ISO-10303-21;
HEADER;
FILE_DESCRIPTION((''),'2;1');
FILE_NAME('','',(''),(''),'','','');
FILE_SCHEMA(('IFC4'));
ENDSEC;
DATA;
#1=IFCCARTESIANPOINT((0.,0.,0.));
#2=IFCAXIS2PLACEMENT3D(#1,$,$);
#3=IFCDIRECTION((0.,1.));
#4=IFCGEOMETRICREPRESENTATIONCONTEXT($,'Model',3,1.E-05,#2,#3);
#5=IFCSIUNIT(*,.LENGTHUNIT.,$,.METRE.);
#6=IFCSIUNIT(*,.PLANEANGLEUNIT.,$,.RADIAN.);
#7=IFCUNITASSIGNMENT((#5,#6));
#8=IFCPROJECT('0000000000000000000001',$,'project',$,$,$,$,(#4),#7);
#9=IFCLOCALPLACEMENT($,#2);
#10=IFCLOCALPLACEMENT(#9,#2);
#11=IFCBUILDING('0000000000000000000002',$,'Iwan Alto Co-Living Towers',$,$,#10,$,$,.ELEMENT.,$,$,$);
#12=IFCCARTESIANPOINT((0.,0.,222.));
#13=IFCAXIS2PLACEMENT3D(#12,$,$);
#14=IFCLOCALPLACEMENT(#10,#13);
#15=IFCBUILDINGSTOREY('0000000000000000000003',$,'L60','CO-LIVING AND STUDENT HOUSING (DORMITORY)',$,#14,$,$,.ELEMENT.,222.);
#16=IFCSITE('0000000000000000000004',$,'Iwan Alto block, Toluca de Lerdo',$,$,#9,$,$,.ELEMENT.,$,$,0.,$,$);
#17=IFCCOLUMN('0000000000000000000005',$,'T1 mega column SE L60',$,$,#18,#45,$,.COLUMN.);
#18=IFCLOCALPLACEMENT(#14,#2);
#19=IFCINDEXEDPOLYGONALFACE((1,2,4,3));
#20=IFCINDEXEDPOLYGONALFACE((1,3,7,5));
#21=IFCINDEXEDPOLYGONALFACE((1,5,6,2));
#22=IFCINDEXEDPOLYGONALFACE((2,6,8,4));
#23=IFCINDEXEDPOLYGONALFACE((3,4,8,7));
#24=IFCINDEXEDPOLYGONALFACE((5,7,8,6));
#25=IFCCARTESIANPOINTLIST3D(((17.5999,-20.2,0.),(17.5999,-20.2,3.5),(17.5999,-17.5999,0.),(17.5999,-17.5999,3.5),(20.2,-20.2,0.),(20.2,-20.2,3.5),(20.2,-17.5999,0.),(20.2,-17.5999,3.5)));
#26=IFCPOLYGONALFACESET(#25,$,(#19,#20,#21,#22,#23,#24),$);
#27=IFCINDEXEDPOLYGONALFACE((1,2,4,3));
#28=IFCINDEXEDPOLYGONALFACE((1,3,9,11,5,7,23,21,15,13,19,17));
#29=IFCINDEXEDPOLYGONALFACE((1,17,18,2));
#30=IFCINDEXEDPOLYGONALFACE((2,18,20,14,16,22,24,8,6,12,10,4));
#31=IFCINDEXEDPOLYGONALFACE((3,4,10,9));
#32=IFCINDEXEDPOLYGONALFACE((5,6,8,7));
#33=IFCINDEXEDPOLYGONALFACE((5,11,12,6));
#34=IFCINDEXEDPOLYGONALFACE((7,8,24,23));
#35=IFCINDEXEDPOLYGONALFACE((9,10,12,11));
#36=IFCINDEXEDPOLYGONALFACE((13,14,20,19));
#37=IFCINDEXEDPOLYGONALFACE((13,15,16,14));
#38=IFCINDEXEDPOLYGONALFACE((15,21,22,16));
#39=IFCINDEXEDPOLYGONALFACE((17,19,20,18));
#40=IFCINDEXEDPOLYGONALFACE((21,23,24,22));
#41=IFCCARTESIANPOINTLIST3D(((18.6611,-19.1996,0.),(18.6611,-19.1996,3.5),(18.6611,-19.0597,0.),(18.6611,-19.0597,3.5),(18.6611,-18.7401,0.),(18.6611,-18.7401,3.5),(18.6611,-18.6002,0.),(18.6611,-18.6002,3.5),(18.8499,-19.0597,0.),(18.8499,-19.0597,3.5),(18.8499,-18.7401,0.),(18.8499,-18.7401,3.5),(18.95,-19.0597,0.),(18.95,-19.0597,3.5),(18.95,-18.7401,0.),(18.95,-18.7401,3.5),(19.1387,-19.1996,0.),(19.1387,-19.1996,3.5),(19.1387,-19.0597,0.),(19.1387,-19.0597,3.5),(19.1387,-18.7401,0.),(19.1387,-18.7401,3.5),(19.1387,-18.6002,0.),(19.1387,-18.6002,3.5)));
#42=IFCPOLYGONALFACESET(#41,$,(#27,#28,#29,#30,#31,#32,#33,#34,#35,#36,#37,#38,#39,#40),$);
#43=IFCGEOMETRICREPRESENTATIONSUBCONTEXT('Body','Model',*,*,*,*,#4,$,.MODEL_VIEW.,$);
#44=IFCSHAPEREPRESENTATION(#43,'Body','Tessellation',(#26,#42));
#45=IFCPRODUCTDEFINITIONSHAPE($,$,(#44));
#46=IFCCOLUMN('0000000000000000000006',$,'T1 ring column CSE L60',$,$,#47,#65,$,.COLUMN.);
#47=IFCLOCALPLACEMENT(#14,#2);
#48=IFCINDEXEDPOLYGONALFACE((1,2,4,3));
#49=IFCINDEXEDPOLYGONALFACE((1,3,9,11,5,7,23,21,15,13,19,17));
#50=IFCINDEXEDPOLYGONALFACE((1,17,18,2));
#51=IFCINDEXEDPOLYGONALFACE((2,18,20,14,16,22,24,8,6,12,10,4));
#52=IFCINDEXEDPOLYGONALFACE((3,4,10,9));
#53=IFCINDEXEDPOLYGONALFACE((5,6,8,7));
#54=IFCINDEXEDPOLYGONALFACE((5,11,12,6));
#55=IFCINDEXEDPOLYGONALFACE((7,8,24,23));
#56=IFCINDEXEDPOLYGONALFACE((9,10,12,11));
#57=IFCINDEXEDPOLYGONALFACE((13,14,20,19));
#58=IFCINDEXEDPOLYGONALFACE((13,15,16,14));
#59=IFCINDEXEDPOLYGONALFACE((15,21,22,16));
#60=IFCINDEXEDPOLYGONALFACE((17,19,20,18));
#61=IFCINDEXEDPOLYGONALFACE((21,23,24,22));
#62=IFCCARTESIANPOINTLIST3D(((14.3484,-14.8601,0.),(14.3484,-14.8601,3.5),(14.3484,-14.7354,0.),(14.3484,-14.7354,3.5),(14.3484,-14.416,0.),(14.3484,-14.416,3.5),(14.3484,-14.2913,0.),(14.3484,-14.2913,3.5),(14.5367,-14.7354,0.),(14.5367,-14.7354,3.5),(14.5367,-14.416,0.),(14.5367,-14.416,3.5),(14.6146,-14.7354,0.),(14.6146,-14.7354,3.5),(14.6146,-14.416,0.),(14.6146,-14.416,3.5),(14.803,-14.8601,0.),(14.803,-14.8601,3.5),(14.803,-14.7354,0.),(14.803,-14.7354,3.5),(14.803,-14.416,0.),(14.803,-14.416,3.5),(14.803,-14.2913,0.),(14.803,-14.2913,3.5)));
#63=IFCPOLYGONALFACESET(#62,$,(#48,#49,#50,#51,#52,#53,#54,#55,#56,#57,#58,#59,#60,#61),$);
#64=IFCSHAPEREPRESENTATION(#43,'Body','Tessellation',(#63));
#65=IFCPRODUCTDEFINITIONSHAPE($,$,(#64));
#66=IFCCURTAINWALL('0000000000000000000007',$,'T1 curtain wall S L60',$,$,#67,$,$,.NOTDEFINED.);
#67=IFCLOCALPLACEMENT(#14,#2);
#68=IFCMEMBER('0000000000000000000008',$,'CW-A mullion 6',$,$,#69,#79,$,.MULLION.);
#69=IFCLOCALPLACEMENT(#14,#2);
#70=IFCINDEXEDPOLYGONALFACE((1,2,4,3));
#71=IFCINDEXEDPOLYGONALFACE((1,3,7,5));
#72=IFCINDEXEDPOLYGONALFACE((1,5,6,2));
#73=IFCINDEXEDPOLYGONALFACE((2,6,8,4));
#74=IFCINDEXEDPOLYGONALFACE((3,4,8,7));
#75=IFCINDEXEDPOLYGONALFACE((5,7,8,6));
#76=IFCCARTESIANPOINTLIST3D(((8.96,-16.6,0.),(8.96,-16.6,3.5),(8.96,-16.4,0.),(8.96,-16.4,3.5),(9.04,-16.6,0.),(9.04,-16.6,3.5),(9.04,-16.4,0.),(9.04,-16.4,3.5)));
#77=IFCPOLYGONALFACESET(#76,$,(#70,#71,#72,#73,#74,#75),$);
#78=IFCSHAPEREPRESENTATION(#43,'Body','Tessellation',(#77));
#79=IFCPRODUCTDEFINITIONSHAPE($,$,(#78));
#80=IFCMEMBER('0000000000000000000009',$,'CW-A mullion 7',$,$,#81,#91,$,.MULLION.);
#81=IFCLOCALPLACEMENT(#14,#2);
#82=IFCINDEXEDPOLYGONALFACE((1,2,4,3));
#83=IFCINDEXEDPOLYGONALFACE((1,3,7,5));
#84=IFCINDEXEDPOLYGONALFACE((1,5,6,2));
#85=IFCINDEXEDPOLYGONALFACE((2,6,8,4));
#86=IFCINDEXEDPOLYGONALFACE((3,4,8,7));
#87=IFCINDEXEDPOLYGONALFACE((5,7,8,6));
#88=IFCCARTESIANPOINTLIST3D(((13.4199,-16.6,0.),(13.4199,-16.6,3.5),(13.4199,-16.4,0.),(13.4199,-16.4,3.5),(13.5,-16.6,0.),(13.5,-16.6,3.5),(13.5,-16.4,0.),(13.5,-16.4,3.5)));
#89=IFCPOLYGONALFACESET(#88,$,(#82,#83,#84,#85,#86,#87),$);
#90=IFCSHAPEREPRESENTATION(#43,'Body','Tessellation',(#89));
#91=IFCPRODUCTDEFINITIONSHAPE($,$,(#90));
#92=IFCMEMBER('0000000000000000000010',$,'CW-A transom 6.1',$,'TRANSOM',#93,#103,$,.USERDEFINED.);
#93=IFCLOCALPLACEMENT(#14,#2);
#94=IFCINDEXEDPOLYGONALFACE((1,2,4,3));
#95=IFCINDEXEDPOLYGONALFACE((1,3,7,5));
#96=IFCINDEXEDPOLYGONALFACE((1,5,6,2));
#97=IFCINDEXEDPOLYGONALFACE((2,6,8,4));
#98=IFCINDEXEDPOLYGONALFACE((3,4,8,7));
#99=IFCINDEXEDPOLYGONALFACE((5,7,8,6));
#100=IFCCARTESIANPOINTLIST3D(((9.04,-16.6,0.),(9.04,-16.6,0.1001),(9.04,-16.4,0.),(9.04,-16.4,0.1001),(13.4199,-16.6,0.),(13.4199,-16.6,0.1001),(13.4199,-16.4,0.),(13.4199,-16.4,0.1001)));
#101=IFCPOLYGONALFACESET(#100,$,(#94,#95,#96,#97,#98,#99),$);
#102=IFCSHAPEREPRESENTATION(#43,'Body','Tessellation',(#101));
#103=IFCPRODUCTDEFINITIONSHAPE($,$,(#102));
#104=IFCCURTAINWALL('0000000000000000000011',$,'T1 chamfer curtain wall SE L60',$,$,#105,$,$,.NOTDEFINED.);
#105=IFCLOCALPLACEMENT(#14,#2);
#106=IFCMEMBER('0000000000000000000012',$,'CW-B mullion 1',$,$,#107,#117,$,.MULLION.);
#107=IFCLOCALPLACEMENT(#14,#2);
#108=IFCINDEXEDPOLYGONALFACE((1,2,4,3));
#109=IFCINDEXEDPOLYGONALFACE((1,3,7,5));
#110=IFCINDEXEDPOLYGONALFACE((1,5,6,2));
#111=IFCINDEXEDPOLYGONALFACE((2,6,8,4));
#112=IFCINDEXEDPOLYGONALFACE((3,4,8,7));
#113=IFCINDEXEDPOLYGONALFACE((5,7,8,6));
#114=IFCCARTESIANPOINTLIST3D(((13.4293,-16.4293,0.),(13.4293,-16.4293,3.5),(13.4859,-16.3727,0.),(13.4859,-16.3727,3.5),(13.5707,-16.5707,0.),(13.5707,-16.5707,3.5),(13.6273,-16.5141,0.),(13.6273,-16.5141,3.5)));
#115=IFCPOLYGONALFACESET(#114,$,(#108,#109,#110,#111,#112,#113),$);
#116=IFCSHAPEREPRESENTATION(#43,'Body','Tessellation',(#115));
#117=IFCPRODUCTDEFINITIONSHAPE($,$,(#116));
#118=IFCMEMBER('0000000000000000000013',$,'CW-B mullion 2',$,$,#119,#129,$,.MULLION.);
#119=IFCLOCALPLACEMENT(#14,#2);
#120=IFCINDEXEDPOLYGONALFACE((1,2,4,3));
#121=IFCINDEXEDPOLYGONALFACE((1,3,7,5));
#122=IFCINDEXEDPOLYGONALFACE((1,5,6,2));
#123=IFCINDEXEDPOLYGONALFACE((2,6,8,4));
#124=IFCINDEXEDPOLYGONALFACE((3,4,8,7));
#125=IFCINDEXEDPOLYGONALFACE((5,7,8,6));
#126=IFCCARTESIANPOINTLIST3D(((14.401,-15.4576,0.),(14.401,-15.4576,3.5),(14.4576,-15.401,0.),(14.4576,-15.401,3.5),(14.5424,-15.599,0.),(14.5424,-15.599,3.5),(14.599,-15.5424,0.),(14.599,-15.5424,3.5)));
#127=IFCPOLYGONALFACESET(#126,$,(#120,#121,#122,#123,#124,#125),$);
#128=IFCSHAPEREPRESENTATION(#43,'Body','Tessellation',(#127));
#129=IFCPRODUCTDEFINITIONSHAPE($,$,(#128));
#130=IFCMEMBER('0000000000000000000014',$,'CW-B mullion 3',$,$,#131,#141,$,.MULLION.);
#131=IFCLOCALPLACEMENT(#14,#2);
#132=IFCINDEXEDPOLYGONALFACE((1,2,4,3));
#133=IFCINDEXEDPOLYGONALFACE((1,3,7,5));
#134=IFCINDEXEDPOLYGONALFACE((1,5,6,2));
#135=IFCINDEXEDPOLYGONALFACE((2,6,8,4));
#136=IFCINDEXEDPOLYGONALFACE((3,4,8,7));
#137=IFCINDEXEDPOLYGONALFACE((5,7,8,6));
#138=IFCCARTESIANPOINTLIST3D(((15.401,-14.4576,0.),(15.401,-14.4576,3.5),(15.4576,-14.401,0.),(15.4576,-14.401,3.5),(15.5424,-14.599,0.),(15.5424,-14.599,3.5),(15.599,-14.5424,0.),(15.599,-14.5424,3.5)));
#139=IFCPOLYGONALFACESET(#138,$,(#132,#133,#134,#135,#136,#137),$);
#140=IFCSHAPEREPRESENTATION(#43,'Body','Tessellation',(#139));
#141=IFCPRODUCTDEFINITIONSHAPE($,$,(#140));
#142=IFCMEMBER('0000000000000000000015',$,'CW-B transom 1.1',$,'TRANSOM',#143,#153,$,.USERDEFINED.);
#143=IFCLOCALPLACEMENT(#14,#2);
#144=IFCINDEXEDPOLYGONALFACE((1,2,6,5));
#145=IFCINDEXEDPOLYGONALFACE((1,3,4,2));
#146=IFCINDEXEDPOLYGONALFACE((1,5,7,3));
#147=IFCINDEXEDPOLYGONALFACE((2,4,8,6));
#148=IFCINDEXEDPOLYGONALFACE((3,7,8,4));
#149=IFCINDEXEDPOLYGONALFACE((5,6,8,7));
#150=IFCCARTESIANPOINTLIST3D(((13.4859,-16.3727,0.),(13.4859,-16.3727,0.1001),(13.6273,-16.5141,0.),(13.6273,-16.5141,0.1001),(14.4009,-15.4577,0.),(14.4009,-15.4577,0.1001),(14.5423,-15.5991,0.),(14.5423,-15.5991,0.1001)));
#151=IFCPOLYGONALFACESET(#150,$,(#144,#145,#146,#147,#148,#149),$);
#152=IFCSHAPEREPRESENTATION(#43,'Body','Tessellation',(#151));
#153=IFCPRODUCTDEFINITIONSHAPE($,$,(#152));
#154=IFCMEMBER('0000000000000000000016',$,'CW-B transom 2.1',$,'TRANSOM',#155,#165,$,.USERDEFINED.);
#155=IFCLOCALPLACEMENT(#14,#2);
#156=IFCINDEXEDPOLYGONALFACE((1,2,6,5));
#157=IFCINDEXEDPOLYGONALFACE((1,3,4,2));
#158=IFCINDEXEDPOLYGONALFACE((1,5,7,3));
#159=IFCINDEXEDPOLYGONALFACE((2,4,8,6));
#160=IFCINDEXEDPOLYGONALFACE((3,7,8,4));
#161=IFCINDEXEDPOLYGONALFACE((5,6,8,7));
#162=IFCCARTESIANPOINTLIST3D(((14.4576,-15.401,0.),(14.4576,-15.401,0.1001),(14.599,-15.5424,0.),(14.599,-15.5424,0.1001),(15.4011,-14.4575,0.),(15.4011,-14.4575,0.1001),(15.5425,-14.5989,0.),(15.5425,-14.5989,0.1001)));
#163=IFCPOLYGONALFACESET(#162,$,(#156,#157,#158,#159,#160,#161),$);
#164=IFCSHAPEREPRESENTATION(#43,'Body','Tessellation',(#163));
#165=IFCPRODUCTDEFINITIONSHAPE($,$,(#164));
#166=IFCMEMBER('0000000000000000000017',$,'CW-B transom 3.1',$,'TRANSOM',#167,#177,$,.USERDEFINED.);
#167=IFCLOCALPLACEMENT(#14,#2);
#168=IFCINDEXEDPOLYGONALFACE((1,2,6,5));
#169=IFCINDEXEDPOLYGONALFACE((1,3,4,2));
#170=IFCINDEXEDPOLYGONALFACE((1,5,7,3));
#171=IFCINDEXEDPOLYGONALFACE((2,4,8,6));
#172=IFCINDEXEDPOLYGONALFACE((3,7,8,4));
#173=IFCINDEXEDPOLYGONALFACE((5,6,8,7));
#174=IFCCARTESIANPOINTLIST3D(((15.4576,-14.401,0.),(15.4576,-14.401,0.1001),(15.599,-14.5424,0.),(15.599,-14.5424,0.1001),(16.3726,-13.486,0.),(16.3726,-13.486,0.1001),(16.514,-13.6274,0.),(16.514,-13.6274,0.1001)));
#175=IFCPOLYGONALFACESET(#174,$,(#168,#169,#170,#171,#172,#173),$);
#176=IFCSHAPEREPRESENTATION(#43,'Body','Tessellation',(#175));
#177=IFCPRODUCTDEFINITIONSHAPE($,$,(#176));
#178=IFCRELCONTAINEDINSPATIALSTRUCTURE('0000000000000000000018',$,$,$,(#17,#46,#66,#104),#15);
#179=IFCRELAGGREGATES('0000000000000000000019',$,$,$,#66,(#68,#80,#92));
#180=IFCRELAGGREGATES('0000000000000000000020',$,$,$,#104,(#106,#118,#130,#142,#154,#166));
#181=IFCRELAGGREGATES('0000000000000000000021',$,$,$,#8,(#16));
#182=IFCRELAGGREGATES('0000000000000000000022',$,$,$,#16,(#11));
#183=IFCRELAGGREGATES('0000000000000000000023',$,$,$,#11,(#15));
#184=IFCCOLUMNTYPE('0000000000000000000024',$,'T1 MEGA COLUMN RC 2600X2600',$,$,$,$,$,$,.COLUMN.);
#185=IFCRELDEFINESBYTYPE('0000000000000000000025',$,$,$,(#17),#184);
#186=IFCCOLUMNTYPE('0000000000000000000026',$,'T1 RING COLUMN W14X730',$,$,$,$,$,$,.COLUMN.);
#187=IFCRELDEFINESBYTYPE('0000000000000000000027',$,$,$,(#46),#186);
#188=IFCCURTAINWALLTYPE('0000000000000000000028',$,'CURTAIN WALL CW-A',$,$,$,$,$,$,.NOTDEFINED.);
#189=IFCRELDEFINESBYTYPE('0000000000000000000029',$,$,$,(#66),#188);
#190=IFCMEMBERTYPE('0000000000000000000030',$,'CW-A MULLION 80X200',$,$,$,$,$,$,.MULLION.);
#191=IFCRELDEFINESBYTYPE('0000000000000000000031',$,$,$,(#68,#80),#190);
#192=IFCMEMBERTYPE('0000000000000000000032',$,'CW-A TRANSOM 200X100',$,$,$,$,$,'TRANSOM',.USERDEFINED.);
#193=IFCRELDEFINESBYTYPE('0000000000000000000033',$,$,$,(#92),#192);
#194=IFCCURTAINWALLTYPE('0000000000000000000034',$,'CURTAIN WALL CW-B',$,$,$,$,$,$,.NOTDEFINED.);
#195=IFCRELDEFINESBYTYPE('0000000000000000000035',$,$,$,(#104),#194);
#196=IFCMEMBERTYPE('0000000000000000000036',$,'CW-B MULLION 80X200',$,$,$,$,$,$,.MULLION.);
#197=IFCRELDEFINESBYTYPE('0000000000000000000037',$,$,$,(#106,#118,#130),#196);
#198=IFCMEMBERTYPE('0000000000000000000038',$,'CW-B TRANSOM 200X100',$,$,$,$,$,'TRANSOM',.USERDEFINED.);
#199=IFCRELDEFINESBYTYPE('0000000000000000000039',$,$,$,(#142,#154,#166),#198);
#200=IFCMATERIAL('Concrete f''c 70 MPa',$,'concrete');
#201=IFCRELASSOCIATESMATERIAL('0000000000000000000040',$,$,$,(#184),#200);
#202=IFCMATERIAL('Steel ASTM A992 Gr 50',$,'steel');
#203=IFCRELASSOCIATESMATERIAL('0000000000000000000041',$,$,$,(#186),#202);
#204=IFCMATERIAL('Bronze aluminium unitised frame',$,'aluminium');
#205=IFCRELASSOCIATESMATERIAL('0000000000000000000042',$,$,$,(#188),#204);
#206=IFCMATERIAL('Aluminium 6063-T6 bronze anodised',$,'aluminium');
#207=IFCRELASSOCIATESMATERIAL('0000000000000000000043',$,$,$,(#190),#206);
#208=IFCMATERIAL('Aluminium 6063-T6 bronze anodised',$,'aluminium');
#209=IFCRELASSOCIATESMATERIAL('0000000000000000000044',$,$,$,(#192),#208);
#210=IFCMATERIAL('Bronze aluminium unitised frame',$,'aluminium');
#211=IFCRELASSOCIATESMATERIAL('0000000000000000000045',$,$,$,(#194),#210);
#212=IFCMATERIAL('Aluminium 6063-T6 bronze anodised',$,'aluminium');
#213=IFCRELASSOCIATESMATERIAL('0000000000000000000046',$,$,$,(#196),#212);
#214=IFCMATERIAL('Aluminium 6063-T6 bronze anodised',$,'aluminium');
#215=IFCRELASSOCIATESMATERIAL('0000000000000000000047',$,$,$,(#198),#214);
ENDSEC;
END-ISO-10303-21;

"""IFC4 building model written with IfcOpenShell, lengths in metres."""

from ifc_helpers import new_model, si_unit, direction, frame, origin, origin_2d, place, context, subcontext, project, spatial, rectangle, i_section, extrude, material, material_profile, profile_set, type_object, element, aggregate, save


model = new_model("IFC4")

# Units and contexts
model_context = context("Model", 3, precision=1e-05, world=origin(), true_north=direction((0.0, 1.0)))
body_context = subcontext(model_context, "Body", "Model", "MODEL_VIEW")
ifc_project = project(units=[si_unit("LENGTHUNIT", "METRE"), si_unit("PLANEANGLEUNIT", "RADIAN")], contexts=[model_context])

# Site, building, storey
site_placement = place(None, origin())
site = spatial("IfcSite", under=ifc_project, at=site_placement, Name="Iwan Alto block, Toluca de Lerdo", CompositionType="ELEMENT", RefElevation=0.0)
building_placement = place(site_placement, origin())
building = spatial("IfcBuilding", under=site, at=building_placement, Name="Iwan Alto Co-Living Towers", CompositionType="ELEMENT")
storey_placement = place(building_placement, frame((0.0, 0.0, 222.0)))
storey = spatial("IfcBuildingStorey", under=building, at=storey_placement, Name="L60", Description="CO-LIVING AND STUDENT HOUSING (DORMITORY)", CompositionType="ELEMENT", Elevation=222.0)

# Columns
ifc_material_1 = material(Name="Concrete f'c 70 MPa", Category="concrete")
ifc_material_profile_1 = material_profile(ifc_material_1, rectangle(XDim=2.6001, YDim=2.6001, at=origin_2d()), Name="RC 2600X2600")
ifc_profile_set_1 = profile_set([ifc_material_profile_1], Name="Concrete f'c 70 MPa")
column_type_1 = type_object("IfcColumnType", Name="T1 MEGA COLUMN RC 2600X2600", PredefinedType="COLUMN", material=ifc_profile_set_1)
column_1_placement = place(storey_placement, frame((18.8999, -18.8999, 0.0), z_axis=(0.0, 0.0, 1.0), x_axis=(1.0, 0.0, 0.0)))
element("IfcColumn", 1, at=column_1_placement, inside=storey, type_object=column_type_1, Name="T1 mega column SE L60", PredefinedType="COLUMN", context=body_context, shape_type="SweptSolid", body=[
    extrude(rectangle(XDim=2.6001, YDim=2.6001, at=origin_2d()), origin(), (0.0, 0.0, 1.0), 3.5),
    extrude(i_section(OverallWidth=0.4775, OverallDepth=0.5994, WebThickness=0.1001, FlangeThickness=0.1399, at=origin_2d()), origin(), (0.0, 0.0, 1.0), 3.5),
])
ifc_material_2 = material(Name="Steel ASTM A992 Gr 50", Category="steel")
ifc_material_profile_2 = material_profile(ifc_material_2, i_section(OverallWidth=0.4546, OverallDepth=0.5688, WebThickness=0.0779, FlangeThickness=0.1248, at=origin_2d()), Name="W14X730")
ifc_profile_set_2 = profile_set([ifc_material_profile_2], Name="Steel ASTM A992 Gr 50")
column_type_2 = type_object("IfcColumnType", Name="T1 RING COLUMN W14X730", PredefinedType="COLUMN", material=ifc_profile_set_2)
column_2_placement = place(storey_placement, frame((14.5757, -14.5757, 0.0), z_axis=(0.0, 0.0, 1.0), x_axis=(1.0, 0.0, 0.0)))
element("IfcColumn", 2, at=column_2_placement, inside=storey, type_object=column_type_2, Name="T1 ring column CSE L60", PredefinedType="COLUMN", context=body_context, shape_type="SweptSolid", body=[
    extrude(i_section(OverallWidth=0.4546, OverallDepth=0.5688, WebThickness=0.0779, FlangeThickness=0.1248, at=origin_2d()), origin(), (0.0, 0.0, 1.0), 3.5),
])

# Curtain walls, members
ifc_material_3 = material(Name="Bronze aluminium unitised frame", Category="aluminium")
curtain_wall_type_1 = type_object("IfcCurtainWallType", Name="CURTAIN WALL CW-A", PredefinedType="NOTDEFINED", material=ifc_material_3)
curtain_wall_1_placement = place(storey_placement, origin())
curtain_wall_1 = element("IfcCurtainWall", 3, at=curtain_wall_1_placement, inside=storey, type_object=curtain_wall_type_1, Name="T1 curtain wall S L60", PredefinedType="NOTDEFINED")
ifc_material_4 = material(Name="Aluminium 6063-T6 bronze anodised", Category="aluminium")
ifc_material_profile_3 = material_profile(ifc_material_4, rectangle(XDim=0.2, YDim=0.0801, at=origin_2d()), Name="AL 80X200")
ifc_profile_set_3 = profile_set([ifc_material_profile_3], Name="Aluminium 6063-T6 bronze anodised")
member_type_1 = type_object("IfcMemberType", Name="CW-A MULLION 80X200", PredefinedType="MULLION", material=ifc_profile_set_3)
member_1_placement = place(storey_placement, frame((9.0, -16.5, 0.0), z_axis=(0.0, 0.0, 1.0), x_axis=(0.0, 1.0, 0.0)))
member_1 = element("IfcMember", 4, at=member_1_placement, type_object=member_type_1, Name="CW-A mullion 6", PredefinedType="MULLION", context=body_context, shape_type="SweptSolid", body=[
    extrude(rectangle(XDim=0.2, YDim=0.0801, at=origin_2d()), origin(), (0.0, 0.0, 1.0), 3.5),
])
member_2_placement = place(storey_placement, frame((13.46, -16.5, 0.0), z_axis=(0.0, 0.0, 1.0), x_axis=(0.0, 1.0, 0.0)))
member_2 = element("IfcMember", 5, at=member_2_placement, type_object=member_type_1, Name="CW-A mullion 7", PredefinedType="MULLION", context=body_context, shape_type="SweptSolid", body=[
    extrude(rectangle(XDim=0.2, YDim=0.0801, at=origin_2d()), origin(), (0.0, 0.0, 1.0), 3.5),
])
ifc_material_5 = material(Name="Aluminium 6063-T6 bronze anodised", Category="aluminium")
ifc_material_profile_4 = material_profile(ifc_material_5, rectangle(XDim=0.2, YDim=0.1001, at=origin_2d()), Name="AL 200X100")
ifc_profile_set_4 = profile_set([ifc_material_profile_4], Name="Aluminium 6063-T6 bronze anodised")
member_type_2 = type_object("IfcMemberType", Name="CW-A TRANSOM 200X100", ElementType="TRANSOM", PredefinedType="USERDEFINED", material=ifc_profile_set_4)
member_3_placement = place(storey_placement, frame((9.04, -16.5, 0.05), z_axis=(1.0, 0.0, 0.0), x_axis=(0.0, 1.0, 0.0)))
member_3 = element("IfcMember", 6, at=member_3_placement, type_object=member_type_2, Name="CW-A transom 6.1", ObjectType="TRANSOM", PredefinedType="USERDEFINED", context=body_context, shape_type="SweptSolid", body=[
    extrude(rectangle(XDim=0.2, YDim=0.1001, at=origin_2d()), origin(), (0.0, 0.0, 1.0), 4.3799),
])
ifc_material_6 = material(Name="Bronze aluminium unitised frame", Category="aluminium")
curtain_wall_type_2 = type_object("IfcCurtainWallType", Name="CURTAIN WALL CW-B", PredefinedType="NOTDEFINED", material=ifc_material_6)
curtain_wall_2_placement = place(storey_placement, origin())
curtain_wall_2 = element("IfcCurtainWall", 7, at=curtain_wall_2_placement, inside=storey, type_object=curtain_wall_type_2, Name="T1 chamfer curtain wall SE L60", PredefinedType="NOTDEFINED")
ifc_material_7 = material(Name="Aluminium 6063-T6 bronze anodised", Category="aluminium")
ifc_material_profile_5 = material_profile(ifc_material_7, rectangle(XDim=0.2, YDim=0.0801, at=origin_2d()), Name="AL 80X200")
ifc_profile_set_5 = profile_set([ifc_material_profile_5], Name="Aluminium 6063-T6 bronze anodised")
member_type_3 = type_object("IfcMemberType", Name="CW-B MULLION 80X200", PredefinedType="MULLION", material=ifc_profile_set_5)
member_4_placement = place(storey_placement, frame((13.5283, -16.4717, 0.0), z_axis=(0.0, 0.0, 1.0), x_axis=(-0.707107, 0.707107, 0.0)))
member_4 = element("IfcMember", 8, at=member_4_placement, type_object=member_type_3, Name="CW-B mullion 1", PredefinedType="MULLION", context=body_context, shape_type="SweptSolid", body=[
    extrude(rectangle(XDim=0.2, YDim=0.0801, at=origin_2d()), origin(), (0.0, 0.0, 1.0), 3.5),
])
member_5_placement = place(storey_placement, frame((14.5, -15.5, 0.0), z_axis=(0.0, 0.0, 1.0), x_axis=(-0.707107, 0.707107, 0.0)))
member_5 = element("IfcMember", 9, at=member_5_placement, type_object=member_type_3, Name="CW-B mullion 2", PredefinedType="MULLION", context=body_context, shape_type="SweptSolid", body=[
    extrude(rectangle(XDim=0.2, YDim=0.0801, at=origin_2d()), origin(), (0.0, 0.0, 1.0), 3.5),
])
member_6_placement = place(storey_placement, frame((15.5, -14.5, 0.0), z_axis=(0.0, 0.0, 1.0), x_axis=(-0.707107, 0.707107, 0.0)))
member_6 = element("IfcMember", 10, at=member_6_placement, type_object=member_type_3, Name="CW-B mullion 3", PredefinedType="MULLION", context=body_context, shape_type="SweptSolid", body=[
    extrude(rectangle(XDim=0.2, YDim=0.0801, at=origin_2d()), origin(), (0.0, 0.0, 1.0), 3.5),
])
ifc_material_8 = material(Name="Aluminium 6063-T6 bronze anodised", Category="aluminium")
ifc_material_profile_6 = material_profile(ifc_material_8, rectangle(XDim=0.2, YDim=0.1001, at=origin_2d()), Name="AL 200X100")
ifc_profile_set_6 = profile_set([ifc_material_profile_6], Name="Aluminium 6063-T6 bronze anodised")
member_type_4 = type_object("IfcMemberType", Name="CW-B TRANSOM 200X100", ElementType="TRANSOM", PredefinedType="USERDEFINED", material=ifc_profile_set_6)
member_7_placement = place(storey_placement, frame((13.5566, -16.4434, 0.05), z_axis=(0.707107, 0.707107, 0.0), x_axis=(-0.707107, 0.707107, 0.0)))
member_7 = element("IfcMember", 11, at=member_7_placement, type_object=member_type_4, Name="CW-B transom 1.1", ObjectType="TRANSOM", PredefinedType="USERDEFINED", context=body_context, shape_type="SweptSolid", body=[
    extrude(rectangle(XDim=0.2, YDim=0.1001, at=origin_2d()), origin(), (0.0, 0.0, 1.0), 1.2939),
])
member_8_placement = place(storey_placement, frame((14.5283, -15.4717, 0.05), z_axis=(0.707107, 0.707107, 0.0), x_axis=(-0.707107, 0.707107, 0.0)))
member_8 = element("IfcMember", 12, at=member_8_placement, type_object=member_type_4, Name="CW-B transom 2.1", ObjectType="TRANSOM", PredefinedType="USERDEFINED", context=body_context, shape_type="SweptSolid", body=[
    extrude(rectangle(XDim=0.2, YDim=0.1001, at=origin_2d()), origin(), (0.0, 0.0, 1.0), 1.3342),
])
member_9_placement = place(storey_placement, frame((15.5283, -14.4717, 0.05), z_axis=(0.707107, 0.707107, 0.0), x_axis=(-0.707107, 0.707107, 0.0)))
member_9 = element("IfcMember", 13, at=member_9_placement, type_object=member_type_4, Name="CW-B transom 3.1", ObjectType="TRANSOM", PredefinedType="USERDEFINED", context=body_context, shape_type="SweptSolid", body=[
    extrude(rectangle(XDim=0.2, YDim=0.1001, at=origin_2d()), origin(), (0.0, 0.0, 1.0), 1.2939),
])

aggregate(curtain_wall_1, [member_1, member_2, member_3])
aggregate(curtain_wall_2, [member_4, member_5, member_6, member_7, member_8, member_9])

save(model, "model.ifc")
